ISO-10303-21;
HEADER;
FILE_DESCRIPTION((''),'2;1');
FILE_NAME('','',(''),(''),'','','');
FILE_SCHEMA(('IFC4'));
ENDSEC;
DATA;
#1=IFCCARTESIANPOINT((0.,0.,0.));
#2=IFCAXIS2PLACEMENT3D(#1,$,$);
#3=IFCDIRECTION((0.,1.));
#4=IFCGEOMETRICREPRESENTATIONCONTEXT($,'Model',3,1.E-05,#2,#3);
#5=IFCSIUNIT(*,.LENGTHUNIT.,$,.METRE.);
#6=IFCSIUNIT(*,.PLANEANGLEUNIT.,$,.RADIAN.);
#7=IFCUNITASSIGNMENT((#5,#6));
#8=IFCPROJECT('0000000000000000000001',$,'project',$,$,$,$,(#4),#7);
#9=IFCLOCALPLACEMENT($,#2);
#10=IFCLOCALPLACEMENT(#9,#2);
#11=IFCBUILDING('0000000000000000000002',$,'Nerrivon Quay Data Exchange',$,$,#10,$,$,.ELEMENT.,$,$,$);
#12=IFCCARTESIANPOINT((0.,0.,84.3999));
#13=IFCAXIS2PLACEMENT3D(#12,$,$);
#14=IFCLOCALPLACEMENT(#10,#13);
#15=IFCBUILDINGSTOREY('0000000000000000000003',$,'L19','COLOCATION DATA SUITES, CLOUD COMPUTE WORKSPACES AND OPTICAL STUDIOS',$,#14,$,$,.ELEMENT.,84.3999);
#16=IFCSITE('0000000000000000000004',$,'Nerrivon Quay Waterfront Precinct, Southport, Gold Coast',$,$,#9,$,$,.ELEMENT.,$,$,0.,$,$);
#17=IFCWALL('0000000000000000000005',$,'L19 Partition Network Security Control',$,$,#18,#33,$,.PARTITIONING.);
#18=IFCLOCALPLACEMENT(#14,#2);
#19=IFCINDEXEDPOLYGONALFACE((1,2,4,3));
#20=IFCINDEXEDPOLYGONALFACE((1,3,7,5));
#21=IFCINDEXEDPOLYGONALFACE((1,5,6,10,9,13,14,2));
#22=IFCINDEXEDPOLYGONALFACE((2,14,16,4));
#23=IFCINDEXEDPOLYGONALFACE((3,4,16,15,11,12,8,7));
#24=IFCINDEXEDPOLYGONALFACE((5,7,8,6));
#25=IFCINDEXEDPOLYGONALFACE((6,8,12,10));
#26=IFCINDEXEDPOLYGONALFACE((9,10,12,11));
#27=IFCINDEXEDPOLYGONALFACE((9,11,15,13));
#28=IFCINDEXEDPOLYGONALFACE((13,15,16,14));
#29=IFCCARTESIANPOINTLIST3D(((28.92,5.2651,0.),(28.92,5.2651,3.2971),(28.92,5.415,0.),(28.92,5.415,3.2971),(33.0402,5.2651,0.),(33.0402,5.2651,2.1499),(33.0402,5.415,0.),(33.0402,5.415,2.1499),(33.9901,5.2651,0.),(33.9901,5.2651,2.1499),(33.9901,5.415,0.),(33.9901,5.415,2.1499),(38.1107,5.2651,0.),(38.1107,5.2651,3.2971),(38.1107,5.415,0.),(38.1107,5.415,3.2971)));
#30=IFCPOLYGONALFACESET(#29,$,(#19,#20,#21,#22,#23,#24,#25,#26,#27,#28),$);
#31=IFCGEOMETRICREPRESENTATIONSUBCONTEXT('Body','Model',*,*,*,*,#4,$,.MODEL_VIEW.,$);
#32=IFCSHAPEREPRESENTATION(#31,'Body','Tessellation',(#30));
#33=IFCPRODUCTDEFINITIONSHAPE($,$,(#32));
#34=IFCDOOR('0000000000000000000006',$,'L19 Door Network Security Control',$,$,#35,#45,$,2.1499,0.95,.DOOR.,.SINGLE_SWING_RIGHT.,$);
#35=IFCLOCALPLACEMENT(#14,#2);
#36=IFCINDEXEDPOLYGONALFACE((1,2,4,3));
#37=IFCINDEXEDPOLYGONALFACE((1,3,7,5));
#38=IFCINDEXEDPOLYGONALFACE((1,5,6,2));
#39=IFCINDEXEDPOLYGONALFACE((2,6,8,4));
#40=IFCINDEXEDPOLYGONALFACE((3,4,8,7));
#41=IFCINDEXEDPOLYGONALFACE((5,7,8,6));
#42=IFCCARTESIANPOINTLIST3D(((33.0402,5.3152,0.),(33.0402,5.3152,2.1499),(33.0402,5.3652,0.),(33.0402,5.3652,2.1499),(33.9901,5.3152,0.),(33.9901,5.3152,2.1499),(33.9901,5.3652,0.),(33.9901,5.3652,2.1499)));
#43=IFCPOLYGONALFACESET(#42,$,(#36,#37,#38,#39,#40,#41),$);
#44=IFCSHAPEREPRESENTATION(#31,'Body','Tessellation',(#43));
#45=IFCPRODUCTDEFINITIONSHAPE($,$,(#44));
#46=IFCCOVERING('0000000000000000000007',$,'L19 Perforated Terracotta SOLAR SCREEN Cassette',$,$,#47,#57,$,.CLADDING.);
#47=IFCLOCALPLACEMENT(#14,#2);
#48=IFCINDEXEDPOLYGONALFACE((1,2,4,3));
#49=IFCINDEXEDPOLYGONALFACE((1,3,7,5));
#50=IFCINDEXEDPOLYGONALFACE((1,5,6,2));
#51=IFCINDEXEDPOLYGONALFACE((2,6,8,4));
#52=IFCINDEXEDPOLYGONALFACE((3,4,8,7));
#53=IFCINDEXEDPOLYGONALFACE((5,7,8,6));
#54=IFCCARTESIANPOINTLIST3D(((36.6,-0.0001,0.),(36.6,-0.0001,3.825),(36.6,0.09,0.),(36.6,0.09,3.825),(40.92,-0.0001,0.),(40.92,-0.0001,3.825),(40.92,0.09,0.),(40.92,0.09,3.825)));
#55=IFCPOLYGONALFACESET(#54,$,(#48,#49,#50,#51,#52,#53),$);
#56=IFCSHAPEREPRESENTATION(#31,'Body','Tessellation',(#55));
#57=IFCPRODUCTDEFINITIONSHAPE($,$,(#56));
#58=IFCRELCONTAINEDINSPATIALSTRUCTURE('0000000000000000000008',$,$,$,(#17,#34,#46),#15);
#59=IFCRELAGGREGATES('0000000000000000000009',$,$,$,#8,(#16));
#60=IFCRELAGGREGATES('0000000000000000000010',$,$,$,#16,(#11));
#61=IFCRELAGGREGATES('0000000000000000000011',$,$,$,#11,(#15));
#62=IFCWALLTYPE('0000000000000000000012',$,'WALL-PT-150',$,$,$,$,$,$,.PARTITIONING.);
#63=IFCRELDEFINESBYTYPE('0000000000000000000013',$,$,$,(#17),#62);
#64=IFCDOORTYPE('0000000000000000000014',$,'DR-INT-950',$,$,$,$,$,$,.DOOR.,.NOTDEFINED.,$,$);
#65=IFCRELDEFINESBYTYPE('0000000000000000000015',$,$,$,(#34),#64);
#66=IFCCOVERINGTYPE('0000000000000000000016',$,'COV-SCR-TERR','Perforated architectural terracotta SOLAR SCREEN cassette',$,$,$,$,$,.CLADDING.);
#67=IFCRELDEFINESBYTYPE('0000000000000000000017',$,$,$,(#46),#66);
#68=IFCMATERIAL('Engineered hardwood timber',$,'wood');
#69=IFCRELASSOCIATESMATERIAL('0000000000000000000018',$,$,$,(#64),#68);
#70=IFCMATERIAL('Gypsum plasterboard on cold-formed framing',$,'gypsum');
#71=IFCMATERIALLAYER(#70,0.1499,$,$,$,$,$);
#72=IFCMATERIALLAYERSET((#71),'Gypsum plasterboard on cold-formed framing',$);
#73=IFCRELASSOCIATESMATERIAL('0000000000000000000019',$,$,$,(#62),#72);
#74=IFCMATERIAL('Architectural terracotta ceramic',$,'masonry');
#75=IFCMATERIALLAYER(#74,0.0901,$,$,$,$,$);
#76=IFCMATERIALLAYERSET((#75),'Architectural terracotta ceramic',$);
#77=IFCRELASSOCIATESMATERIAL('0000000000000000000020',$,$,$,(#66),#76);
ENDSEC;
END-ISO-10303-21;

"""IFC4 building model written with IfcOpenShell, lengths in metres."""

from ifc_helpers import new_model, si_unit, direction, frame, frame_2d, origin, origin_2d, place, context, subcontext, project, spatial, rectangle, extrude, material, layer, layer_set, type_object, element, fill, save


model = new_model("IFC4")

# Units and contexts
model_context = context("Model", 3, precision=1e-05, world=origin(), true_north=direction((0.0, 1.0)))
body_context = subcontext(model_context, "Body", "Model", "MODEL_VIEW")
ifc_project = project(units=[si_unit("LENGTHUNIT", "METRE"), si_unit("PLANEANGLEUNIT", "RADIAN")], contexts=[model_context])

# Site, building, storey
site_placement = place(None, origin())
site = spatial("IfcSite", under=ifc_project, at=site_placement, Name="Nerrivon Quay Waterfront Precinct, Southport, Gold Coast", CompositionType="ELEMENT", RefElevation=0.0)
building_placement = place(site_placement, origin())
building = spatial("IfcBuilding", under=site, at=building_placement, Name="Nerrivon Quay Data Exchange", CompositionType="ELEMENT")
storey_placement = place(building_placement, frame((0.0, 0.0, 84.3999)))
storey = spatial("IfcBuildingStorey", under=building, at=storey_placement, Name="L19", Description="COLOCATION DATA SUITES, CLOUD COMPUTE WORKSPACES AND OPTICAL STUDIOS", CompositionType="ELEMENT", Elevation=84.3999)

# Shared definitions
ifc_material_1 = material(Name="Gypsum plasterboard on cold-formed framing", Category="gypsum")

# Shared definitions
ifc_material_2 = material(Name="Engineered hardwood timber", Category="wood")
door_type = type_object("IfcDoorType", Name="DR-INT-950", OperationType="NOTDEFINED", PredefinedType="DOOR", material=ifc_material_2)

# Wall, opening, door
ifc_layer_1 = layer(ifc_material_1, 0.1499)
ifc_layer_set_1 = layer_set([ifc_layer_1], Name="Gypsum plasterboard on cold-formed framing")
wall_type_1 = type_object("IfcWallType", Name="WALL-PT-150", PredefinedType="PARTITIONING", material=ifc_layer_set_1)
wall_1_placement = place(storey_placement, frame((38.1106, 5.3401, 0.0), z_axis=(0.0, 0.0, 1.0), x_axis=(-1.0, 0.0, 0.0)))
wall_1 = element("IfcWall", 1, at=wall_1_placement, inside=storey, type_object=wall_type_1, Name="L19 Partition Network Security Control", PredefinedType="PARTITIONING", context=body_context, shape_type="SweptSolid", body=[
    extrude(rectangle(XDim=9.1907, YDim=0.1499, at=frame_2d((4.5952, 0.0))), origin(), (0.0, 0.0, 1.0), 3.2971),
])
opening_1_placement = place(wall_1_placement, frame((4.1204, 0.0, 0.0)))
opening_1 = element("IfcOpeningElement", 2, at=opening_1_placement, cuts=wall_1, PredefinedType="OPENING", context=body_context, shape_type="SweptSolid", body=[
    extrude(rectangle(XDim=0.95, YDim=2.1499, at=frame_2d((0.4751, 1.075))), frame((0.0, 0.085, 0.0), z_axis=(0.0, -1.0, 0.0), x_axis=(1.0, 0.0, 0.0)), (0.0, 0.0, 1.0), 0.1699),
])
door_1_placement = place(opening_1_placement, origin())
door_1 = element("IfcDoor", 3, at=door_1_placement, inside=storey, type_object=door_type, Name="L19 Door Network Security Control", OperationType="SINGLE_SWING_RIGHT", OverallHeight=2.1499, OverallWidth=0.95, PredefinedType="DOOR", context=body_context, shape_type="SweptSolid", body=[
    extrude(rectangle(XDim=0.95, YDim=2.1499, at=frame_2d((0.4751, 1.075))), frame((0.0, 0.0249, 0.0), z_axis=(0.0, -1.0, 0.0), x_axis=(1.0, 0.0, 0.0)), (0.0, 0.0, 1.0), 0.05),
])
fill(opening_1, door_1)

# Covering
ifc_material_3 = material(Name="Architectural terracotta ceramic", Category="masonry")
ifc_layer_2 = layer(ifc_material_3, 0.0901)
ifc_layer_set_2 = layer_set([ifc_layer_2], Name="Architectural terracotta ceramic")
covering_type = type_object("IfcCoveringType", Name="COV-SCR-TERR", Description="Perforated architectural terracotta SOLAR SCREEN cassette", PredefinedType="CLADDING", material=ifc_layer_set_2)
covering_placement = place(storey_placement, frame((38.76, 0.0449, 0.0), z_axis=(0.0, 0.0, 1.0), x_axis=(-1.0, 0.0, 0.0)))
element("IfcCovering", 4, at=covering_placement, inside=storey, type_object=covering_type, Name="L19 Perforated Terracotta SOLAR SCREEN Cassette", PredefinedType="CLADDING", context=body_context, shape_type="SweptSolid", body=[
    extrude(rectangle(XDim=4.3201, YDim=0.0901, at=origin_2d()), origin(), (0.0, 0.0, 1.0), 3.825),
])

save(model, "model.ifc")
